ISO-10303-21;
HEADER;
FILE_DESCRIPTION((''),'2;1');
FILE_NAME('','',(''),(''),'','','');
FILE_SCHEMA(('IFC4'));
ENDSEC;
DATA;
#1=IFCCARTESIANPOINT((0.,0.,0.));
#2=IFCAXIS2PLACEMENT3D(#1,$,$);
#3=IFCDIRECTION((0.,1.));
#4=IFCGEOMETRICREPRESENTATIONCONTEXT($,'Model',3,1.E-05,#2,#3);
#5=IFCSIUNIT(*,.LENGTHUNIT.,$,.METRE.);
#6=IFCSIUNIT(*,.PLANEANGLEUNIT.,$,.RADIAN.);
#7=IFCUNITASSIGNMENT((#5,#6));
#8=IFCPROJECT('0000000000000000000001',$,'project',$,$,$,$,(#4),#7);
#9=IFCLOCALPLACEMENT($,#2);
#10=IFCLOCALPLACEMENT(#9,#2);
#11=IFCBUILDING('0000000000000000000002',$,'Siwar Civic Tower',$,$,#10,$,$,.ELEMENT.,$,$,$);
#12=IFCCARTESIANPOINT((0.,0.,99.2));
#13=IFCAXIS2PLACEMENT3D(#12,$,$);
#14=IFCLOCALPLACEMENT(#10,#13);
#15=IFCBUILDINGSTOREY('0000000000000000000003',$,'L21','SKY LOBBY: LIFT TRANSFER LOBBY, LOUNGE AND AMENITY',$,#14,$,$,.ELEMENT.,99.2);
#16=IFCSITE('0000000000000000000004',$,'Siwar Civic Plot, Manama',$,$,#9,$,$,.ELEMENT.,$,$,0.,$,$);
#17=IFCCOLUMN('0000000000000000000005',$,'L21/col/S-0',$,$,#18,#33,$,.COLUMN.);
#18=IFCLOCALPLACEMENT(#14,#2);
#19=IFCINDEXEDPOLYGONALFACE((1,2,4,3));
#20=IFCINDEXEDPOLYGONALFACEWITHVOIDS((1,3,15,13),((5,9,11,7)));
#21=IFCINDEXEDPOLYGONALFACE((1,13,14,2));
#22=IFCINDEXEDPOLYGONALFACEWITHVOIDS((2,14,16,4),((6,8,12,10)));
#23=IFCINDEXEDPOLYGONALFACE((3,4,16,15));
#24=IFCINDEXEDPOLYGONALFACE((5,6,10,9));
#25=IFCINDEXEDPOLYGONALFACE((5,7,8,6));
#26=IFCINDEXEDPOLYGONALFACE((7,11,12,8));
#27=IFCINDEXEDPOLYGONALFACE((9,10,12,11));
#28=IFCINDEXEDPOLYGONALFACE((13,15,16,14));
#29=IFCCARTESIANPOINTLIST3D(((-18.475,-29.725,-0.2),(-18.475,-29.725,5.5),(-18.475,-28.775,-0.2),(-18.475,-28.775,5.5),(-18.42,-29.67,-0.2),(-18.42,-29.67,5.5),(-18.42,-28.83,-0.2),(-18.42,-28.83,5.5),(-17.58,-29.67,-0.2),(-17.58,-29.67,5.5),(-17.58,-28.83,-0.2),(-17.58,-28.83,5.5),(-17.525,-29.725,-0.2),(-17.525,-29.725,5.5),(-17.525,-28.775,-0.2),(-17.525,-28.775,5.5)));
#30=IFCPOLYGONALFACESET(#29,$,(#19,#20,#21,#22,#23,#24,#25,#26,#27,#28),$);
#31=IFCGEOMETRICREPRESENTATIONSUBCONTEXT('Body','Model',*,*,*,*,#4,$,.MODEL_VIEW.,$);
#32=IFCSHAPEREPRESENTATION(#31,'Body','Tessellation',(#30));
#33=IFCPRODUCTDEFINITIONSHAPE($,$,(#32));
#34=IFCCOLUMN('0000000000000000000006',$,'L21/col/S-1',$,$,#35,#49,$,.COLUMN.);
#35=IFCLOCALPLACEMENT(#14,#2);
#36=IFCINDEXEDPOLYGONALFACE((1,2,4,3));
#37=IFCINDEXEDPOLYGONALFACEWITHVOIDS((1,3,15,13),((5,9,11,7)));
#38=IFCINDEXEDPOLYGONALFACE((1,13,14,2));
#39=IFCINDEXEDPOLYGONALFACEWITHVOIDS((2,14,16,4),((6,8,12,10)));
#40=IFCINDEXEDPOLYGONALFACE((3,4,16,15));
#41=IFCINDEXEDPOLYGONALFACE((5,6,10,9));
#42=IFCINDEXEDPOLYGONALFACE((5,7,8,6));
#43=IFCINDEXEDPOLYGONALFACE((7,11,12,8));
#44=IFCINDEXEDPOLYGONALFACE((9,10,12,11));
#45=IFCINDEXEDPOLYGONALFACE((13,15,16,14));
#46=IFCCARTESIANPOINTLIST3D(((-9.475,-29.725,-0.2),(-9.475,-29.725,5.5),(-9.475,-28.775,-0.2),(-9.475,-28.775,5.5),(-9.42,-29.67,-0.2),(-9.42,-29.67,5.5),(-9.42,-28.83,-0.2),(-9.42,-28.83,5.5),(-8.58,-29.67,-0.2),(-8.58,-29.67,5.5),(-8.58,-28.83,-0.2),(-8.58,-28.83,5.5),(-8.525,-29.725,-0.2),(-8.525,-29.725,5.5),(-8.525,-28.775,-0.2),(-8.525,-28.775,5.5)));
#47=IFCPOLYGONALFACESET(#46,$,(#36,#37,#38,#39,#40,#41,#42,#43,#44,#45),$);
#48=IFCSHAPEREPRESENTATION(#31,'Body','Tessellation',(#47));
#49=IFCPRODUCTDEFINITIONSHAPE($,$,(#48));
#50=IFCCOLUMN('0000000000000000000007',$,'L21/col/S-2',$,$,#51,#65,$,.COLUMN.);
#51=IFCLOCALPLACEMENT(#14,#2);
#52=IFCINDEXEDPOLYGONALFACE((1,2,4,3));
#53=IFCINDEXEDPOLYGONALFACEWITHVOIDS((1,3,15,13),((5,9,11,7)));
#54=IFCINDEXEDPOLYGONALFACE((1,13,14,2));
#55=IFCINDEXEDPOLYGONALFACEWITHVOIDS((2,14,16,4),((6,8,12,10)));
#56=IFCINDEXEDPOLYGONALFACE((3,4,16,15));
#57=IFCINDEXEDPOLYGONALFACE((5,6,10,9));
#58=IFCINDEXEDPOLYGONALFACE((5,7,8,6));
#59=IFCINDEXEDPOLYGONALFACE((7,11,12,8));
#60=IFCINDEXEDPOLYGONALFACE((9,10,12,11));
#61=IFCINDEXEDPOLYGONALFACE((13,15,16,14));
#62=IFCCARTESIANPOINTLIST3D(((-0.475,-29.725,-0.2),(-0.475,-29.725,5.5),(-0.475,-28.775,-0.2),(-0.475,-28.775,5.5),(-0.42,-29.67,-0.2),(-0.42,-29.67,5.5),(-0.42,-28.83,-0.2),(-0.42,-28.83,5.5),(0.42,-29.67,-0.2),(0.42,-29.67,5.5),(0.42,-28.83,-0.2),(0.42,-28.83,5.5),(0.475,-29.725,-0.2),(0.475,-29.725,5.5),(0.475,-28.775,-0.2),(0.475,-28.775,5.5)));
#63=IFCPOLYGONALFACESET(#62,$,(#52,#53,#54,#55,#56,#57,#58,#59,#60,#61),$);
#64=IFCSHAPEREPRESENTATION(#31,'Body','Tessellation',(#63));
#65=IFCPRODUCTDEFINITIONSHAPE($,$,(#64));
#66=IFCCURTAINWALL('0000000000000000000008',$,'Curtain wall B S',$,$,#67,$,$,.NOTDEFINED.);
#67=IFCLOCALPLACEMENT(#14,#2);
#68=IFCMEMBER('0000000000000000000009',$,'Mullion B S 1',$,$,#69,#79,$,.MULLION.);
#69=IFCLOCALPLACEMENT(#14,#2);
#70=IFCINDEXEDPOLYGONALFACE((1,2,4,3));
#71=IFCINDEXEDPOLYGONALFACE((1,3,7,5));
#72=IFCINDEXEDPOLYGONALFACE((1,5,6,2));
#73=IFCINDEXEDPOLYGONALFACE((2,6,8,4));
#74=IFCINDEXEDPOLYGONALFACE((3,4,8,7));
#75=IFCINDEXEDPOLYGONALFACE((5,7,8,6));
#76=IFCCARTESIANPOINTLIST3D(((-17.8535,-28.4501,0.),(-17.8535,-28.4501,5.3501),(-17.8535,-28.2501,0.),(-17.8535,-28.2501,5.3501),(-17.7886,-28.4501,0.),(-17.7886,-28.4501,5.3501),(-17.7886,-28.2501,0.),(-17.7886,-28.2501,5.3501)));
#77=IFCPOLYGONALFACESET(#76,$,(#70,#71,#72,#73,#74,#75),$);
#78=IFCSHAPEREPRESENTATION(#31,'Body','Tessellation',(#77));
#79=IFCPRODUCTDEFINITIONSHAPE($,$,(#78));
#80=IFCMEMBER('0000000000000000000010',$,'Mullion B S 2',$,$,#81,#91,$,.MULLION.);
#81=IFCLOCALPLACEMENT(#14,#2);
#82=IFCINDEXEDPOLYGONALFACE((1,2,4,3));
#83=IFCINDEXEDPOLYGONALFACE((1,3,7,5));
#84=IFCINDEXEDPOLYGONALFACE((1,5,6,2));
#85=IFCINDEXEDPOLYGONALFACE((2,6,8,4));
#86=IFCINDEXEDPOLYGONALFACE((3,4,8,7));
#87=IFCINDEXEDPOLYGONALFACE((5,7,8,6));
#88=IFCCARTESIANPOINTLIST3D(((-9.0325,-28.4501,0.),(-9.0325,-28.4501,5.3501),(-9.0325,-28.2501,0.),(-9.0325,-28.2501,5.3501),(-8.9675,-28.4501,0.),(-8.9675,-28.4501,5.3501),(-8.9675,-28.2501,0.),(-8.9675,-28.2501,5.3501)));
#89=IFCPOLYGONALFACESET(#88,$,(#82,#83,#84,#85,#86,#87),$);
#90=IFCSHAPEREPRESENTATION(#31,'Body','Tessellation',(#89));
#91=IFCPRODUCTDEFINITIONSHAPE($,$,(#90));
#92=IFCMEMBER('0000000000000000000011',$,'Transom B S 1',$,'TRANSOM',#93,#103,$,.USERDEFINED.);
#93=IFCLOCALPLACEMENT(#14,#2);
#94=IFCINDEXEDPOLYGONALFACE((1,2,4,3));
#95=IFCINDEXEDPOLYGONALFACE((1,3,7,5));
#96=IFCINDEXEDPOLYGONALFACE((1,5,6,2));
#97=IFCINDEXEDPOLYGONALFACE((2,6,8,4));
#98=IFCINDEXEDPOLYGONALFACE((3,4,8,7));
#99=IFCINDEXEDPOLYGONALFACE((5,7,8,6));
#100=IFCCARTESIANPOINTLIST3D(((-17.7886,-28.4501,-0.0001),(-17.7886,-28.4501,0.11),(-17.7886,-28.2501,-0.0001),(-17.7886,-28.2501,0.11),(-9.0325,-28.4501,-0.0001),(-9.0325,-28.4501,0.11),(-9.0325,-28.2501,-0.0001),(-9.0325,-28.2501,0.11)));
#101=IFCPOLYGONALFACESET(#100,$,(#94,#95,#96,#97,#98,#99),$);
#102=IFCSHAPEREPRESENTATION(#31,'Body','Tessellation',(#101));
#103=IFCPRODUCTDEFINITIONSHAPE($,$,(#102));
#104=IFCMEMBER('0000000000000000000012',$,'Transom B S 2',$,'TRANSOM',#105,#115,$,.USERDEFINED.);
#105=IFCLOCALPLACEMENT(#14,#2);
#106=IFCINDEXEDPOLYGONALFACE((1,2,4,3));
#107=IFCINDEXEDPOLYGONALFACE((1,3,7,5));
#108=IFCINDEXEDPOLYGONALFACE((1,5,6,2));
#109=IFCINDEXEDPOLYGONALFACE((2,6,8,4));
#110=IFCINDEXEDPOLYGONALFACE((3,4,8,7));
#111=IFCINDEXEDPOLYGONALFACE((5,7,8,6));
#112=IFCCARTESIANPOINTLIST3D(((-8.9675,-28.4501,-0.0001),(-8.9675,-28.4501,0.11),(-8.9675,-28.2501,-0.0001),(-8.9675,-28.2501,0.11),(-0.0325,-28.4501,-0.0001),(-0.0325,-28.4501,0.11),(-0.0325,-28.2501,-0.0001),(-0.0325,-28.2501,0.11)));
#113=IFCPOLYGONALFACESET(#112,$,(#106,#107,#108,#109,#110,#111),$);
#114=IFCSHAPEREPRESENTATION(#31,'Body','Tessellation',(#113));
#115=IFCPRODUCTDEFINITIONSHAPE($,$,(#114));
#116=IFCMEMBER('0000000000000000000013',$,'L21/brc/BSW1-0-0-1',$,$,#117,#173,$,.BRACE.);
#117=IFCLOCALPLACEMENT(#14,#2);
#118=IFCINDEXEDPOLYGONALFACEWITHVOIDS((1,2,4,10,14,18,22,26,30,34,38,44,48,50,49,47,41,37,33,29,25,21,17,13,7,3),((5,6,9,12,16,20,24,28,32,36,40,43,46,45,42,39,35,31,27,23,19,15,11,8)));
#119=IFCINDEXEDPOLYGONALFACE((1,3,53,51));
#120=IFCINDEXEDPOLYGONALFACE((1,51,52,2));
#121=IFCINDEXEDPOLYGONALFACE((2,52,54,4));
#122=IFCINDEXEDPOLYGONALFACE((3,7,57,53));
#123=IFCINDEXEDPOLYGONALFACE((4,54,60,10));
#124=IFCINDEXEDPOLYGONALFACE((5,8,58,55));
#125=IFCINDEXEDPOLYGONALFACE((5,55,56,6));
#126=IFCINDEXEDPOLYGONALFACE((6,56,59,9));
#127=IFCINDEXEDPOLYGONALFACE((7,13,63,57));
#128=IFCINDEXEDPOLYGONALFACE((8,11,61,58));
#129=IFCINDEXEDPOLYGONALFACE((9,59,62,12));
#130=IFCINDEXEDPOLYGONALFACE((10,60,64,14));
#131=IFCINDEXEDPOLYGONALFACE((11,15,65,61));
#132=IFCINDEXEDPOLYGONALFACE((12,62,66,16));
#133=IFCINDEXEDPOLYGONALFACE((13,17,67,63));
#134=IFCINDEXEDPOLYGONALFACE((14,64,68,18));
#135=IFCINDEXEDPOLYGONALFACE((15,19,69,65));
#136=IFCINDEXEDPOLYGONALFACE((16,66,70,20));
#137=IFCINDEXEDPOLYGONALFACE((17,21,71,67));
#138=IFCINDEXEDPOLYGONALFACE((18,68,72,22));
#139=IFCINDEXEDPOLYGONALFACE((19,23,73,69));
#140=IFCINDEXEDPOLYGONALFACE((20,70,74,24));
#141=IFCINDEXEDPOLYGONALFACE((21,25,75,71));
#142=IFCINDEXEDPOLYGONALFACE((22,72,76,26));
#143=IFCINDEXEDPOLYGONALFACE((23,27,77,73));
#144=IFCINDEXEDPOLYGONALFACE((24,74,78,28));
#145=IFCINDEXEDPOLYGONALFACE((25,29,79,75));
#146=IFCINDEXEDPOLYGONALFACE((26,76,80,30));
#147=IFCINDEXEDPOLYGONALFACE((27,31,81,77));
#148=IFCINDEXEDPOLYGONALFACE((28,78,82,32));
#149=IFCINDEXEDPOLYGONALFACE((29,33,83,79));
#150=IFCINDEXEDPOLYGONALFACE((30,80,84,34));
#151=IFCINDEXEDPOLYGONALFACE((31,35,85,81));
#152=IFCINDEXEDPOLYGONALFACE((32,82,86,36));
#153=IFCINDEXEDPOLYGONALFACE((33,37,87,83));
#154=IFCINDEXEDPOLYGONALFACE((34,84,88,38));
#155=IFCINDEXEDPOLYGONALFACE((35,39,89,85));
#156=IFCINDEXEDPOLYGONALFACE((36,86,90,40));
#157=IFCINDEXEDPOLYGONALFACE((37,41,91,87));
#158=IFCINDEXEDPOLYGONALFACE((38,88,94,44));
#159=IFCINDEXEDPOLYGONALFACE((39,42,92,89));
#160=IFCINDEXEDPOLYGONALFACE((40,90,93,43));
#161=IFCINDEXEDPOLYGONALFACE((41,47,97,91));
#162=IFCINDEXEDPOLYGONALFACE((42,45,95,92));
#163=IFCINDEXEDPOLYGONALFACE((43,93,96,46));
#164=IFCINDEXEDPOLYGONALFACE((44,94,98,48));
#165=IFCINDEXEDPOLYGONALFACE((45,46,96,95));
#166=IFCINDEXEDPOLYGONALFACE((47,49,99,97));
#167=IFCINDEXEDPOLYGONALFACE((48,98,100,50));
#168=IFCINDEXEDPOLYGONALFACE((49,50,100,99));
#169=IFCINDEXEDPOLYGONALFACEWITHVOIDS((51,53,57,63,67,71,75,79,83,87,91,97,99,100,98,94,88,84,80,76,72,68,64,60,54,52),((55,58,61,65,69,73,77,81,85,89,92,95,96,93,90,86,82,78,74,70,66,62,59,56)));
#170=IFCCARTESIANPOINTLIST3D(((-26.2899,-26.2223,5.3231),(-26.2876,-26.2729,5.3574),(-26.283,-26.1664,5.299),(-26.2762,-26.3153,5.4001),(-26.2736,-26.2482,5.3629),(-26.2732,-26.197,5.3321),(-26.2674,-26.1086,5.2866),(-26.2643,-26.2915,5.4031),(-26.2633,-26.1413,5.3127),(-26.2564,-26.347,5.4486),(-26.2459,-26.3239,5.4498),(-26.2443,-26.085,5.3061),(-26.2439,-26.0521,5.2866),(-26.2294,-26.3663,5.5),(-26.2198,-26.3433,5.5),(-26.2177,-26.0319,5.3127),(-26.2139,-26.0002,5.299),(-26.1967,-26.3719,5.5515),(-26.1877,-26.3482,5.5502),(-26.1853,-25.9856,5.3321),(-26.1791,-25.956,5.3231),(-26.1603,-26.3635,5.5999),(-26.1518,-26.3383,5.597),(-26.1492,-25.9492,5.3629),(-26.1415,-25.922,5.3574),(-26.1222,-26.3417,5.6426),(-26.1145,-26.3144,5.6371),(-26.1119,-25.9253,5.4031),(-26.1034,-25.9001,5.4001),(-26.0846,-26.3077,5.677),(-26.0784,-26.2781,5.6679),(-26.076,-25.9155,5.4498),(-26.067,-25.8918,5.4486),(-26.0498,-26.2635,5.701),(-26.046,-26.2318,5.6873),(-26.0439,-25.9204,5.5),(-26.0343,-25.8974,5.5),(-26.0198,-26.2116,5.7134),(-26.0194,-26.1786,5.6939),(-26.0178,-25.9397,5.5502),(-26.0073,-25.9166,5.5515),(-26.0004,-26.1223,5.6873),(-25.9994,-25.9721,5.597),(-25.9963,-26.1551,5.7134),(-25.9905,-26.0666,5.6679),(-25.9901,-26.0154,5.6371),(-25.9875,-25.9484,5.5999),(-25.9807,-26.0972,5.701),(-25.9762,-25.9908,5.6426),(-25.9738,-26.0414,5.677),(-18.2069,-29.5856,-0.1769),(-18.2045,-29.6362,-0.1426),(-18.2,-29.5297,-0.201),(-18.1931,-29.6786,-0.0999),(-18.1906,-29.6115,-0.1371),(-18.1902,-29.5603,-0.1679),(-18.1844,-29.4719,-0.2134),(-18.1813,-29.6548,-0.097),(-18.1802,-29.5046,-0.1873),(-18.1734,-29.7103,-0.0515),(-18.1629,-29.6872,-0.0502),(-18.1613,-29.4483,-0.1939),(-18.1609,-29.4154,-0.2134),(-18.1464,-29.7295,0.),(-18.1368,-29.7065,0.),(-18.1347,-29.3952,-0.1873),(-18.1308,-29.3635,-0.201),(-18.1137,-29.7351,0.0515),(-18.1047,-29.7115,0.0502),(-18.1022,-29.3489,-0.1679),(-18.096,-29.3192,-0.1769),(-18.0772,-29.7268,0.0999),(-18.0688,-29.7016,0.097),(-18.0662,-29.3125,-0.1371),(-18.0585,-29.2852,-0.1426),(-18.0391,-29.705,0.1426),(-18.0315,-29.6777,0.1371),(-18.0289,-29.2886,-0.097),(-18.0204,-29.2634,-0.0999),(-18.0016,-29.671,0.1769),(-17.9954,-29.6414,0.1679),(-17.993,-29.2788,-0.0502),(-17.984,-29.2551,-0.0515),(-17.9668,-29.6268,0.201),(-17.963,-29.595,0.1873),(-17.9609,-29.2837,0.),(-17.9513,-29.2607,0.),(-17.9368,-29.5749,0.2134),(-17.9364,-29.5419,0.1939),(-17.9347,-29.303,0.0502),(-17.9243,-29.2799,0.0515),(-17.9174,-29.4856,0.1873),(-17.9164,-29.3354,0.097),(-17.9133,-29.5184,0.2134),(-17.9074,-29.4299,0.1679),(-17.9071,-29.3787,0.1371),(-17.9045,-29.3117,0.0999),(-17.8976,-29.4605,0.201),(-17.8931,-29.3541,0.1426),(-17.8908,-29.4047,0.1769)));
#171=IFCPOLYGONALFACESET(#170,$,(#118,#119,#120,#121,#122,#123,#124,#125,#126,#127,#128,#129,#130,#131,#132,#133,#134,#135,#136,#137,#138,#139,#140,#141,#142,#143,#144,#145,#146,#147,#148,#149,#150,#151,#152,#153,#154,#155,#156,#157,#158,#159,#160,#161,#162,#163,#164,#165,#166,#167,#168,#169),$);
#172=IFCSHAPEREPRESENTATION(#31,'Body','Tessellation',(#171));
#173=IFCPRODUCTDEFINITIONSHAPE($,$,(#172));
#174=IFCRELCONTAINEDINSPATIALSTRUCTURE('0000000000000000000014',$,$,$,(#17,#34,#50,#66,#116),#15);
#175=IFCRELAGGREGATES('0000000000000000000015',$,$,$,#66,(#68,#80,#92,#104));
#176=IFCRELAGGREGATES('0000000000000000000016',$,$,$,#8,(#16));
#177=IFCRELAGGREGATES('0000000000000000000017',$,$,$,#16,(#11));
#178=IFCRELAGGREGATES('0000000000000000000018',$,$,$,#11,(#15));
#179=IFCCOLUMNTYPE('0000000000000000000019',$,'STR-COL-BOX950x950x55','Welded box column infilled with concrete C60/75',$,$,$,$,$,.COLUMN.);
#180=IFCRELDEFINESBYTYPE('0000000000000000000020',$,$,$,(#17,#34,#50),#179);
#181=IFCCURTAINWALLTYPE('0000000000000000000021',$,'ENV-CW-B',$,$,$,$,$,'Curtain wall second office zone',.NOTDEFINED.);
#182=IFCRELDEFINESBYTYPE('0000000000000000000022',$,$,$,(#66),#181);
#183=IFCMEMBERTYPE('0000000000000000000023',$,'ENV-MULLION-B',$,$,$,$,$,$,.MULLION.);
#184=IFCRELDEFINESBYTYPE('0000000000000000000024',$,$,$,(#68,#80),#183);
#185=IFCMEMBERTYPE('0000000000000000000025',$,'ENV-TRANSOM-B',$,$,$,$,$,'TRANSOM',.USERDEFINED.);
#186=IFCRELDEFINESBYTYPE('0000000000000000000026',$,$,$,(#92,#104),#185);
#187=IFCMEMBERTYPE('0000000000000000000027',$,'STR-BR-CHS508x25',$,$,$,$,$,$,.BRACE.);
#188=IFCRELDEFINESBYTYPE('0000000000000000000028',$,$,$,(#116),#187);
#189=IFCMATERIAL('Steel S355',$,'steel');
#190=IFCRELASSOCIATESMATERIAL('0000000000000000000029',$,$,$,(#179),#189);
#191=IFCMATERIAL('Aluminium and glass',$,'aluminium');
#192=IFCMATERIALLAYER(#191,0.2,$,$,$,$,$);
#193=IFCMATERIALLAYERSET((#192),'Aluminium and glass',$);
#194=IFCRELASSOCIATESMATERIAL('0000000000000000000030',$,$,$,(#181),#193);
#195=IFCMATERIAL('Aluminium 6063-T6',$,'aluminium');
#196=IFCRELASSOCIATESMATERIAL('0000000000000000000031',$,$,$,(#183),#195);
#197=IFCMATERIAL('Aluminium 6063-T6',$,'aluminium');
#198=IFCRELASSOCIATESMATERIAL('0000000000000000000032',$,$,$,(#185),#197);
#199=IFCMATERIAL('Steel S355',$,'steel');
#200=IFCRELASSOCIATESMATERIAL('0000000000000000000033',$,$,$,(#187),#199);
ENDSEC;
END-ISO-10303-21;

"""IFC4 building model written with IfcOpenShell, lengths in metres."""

from ifc_helpers import new_model, si_unit, direction, frame, origin, origin_2d, place, context, subcontext, project, spatial, rectangle, hollow_rectangle, hollow_circle, extrude, material, layer, layer_set, material_profile, profile_set, type_object, element, aggregate, save


model = new_model("IFC4")

# Units and contexts
model_context = context("Model", 3, precision=1e-05, world=origin(), true_north=direction((0.0, 1.0)))
body_context = subcontext(model_context, "Body", "Model", "MODEL_VIEW")
ifc_project = project(units=[si_unit("LENGTHUNIT", "METRE"), si_unit("PLANEANGLEUNIT", "RADIAN")], contexts=[model_context])

# Site, building, storey
site_placement = place(None, origin())
site = spatial("IfcSite", under=ifc_project, at=site_placement, Name="Siwar Civic Plot, Manama", CompositionType="ELEMENT", RefElevation=0.0)
building_placement = place(site_placement, origin())
building = spatial("IfcBuilding", under=site, at=building_placement, Name="Siwar Civic Tower", CompositionType="ELEMENT")
storey_placement = place(building_placement, frame((0.0, 0.0, 99.2)))
storey = spatial("IfcBuildingStorey", under=building, at=storey_placement, Name="L21", Description="SKY LOBBY: LIFT TRANSFER LOBBY, LOUNGE AND AMENITY", CompositionType="ELEMENT", Elevation=99.2)

# Columns
ifc_material_1 = material(Name="Steel S355", Category="steel")
ifc_material_profile_1 = material_profile(ifc_material_1, hollow_rectangle(XDim=0.95, YDim=0.95, WallThickness=0.0549, at=origin_2d()), Name="BOX950x950x55")
ifc_profile_set_1 = profile_set([ifc_material_profile_1], Name="Steel S355")
column_type = type_object("IfcColumnType", Name="STR-COL-BOX950x950x55", Description="Welded box column infilled with concrete C60/75", PredefinedType="COLUMN", material=ifc_profile_set_1)
for number, where, z_axis, x_axis, name in (
    (1, (-18.0, -29.25, -0.2), (0.0, 0.0, 1.0), (1.0, 0.0, 0.0), "L21/col/S-0"),
    (2, (-9.0, -29.25, -0.2), (0.0, 0.0, 1.0), (1.0, 0.0, 0.0), "L21/col/S-1"),
    (3, (0.0, -29.25, -0.2), (0.0, 0.0, 1.0), (1.0, 0.0, 0.0), "L21/col/S-2"),
):
    element("IfcColumn", number, at=place(storey_placement, frame(where, z_axis=z_axis, x_axis=x_axis)), inside=storey, type_object=column_type, Name=name, PredefinedType="COLUMN", context=body_context, shape_type="SweptSolid", body=[
        extrude(hollow_rectangle(XDim=0.95, YDim=0.95, WallThickness=0.0549, at=origin_2d()), origin(), (0.0, 0.0, 1.0), 5.7),
    ])

# Curtain wall, members
ifc_material_2 = material(Name="Aluminium and glass", Category="aluminium")
ifc_layer_1 = layer(ifc_material_2, 0.2)
ifc_layer_set_1 = layer_set([ifc_layer_1], Name="Aluminium and glass")
curtain_wall_type = type_object("IfcCurtainWallType", Name="ENV-CW-B", ElementType="Curtain wall second office zone", PredefinedType="NOTDEFINED", material=ifc_layer_set_1)
curtain_wall_placement = place(storey_placement, origin())
curtain_wall = element("IfcCurtainWall", 4, at=curtain_wall_placement, inside=storey, type_object=curtain_wall_type, Name="Curtain wall B S", PredefinedType="NOTDEFINED")
ifc_material_3 = material(Name="Aluminium 6063-T6", Category="aluminium")
ifc_material_profile_2 = material_profile(ifc_material_3, rectangle(XDim=0.2, YDim=0.0649, at=origin_2d()), Name="AL 200x65")
ifc_profile_set_2 = profile_set([ifc_material_profile_2], Name="Aluminium 6063-T6")
member_type_1 = type_object("IfcMemberType", Name="ENV-MULLION-B", PredefinedType="MULLION", material=ifc_profile_set_2)
member_1_placement = place(storey_placement, frame((-17.821, -28.3501, 0.0), z_axis=(0.0, 0.0, 1.0), x_axis=(0.0, 1.0, 0.0)))
member_1 = element("IfcMember", 5, at=member_1_placement, type_object=member_type_1, Name="Mullion B S 1", PredefinedType="MULLION", context=body_context, shape_type="SweptSolid", body=[
    extrude(rectangle(XDim=0.2, YDim=0.0649, at=origin_2d()), origin(), (0.0, 0.0, 1.0), 5.3501),
])
member_2_placement = place(storey_placement, frame((-9.0, -28.3501, 0.0), z_axis=(0.0, 0.0, 1.0), x_axis=(0.0, 1.0, 0.0)))
member_2 = element("IfcMember", 6, at=member_2_placement, type_object=member_type_1, Name="Mullion B S 2", PredefinedType="MULLION", context=body_context, shape_type="SweptSolid", body=[
    extrude(rectangle(XDim=0.2, YDim=0.0649, at=origin_2d()), origin(), (0.0, 0.0, 1.0), 5.3501),
])
ifc_material_4 = material(Name="Aluminium 6063-T6", Category="aluminium")
ifc_material_profile_3 = material_profile(ifc_material_4, rectangle(XDim=0.2, YDim=0.1101, at=origin_2d()), Name="AL 200x110")
ifc_profile_set_3 = profile_set([ifc_material_profile_3], Name="Aluminium 6063-T6")
member_type_2 = type_object("IfcMemberType", Name="ENV-TRANSOM-B", ElementType="TRANSOM", PredefinedType="USERDEFINED", material=ifc_profile_set_3)
member_3_placement = place(storey_placement, frame((-17.7886, -28.3501, 0.0549), z_axis=(1.0, 0.0, 0.0), x_axis=(0.0, 1.0, 0.0)))
member_3 = element("IfcMember", 7, at=member_3_placement, type_object=member_type_2, Name="Transom B S 1", ObjectType="TRANSOM", PredefinedType="USERDEFINED", context=body_context, shape_type="SweptSolid", body=[
    extrude(rectangle(XDim=0.2, YDim=0.1101, at=origin_2d()), origin(), (0.0, 0.0, 1.0), 8.7561),
])
member_4_placement = place(storey_placement, frame((-8.9675, -28.3501, 0.0549), z_axis=(1.0, 0.0, 0.0), x_axis=(0.0, 1.0, 0.0)))
member_4 = element("IfcMember", 8, at=member_4_placement, type_object=member_type_2, Name="Transom B S 2", ObjectType="TRANSOM", PredefinedType="USERDEFINED", context=body_context, shape_type="SweptSolid", body=[
    extrude(rectangle(XDim=0.2, YDim=0.1101, at=origin_2d()), origin(), (0.0, 0.0, 1.0), 8.9351),
])

# Member
ifc_material_5 = material(Name="Steel S355", Category="steel")
ifc_material_profile_4 = material_profile(ifc_material_5, hollow_circle(Radius=0.2539, WallThickness=0.0249, at=origin_2d()), Name="CHS508x25")
ifc_profile_set_4 = profile_set([ifc_material_profile_4], Name="Steel S355")
member_type_3 = type_object("IfcMemberType", Name="STR-BR-CHS508x25", PredefinedType="BRACE", material=ifc_profile_set_4)
member_5_placement = place(storey_placement, frame((-18.0488, -29.4951, 0.0), z_axis=(-0.781791, 0.325298, 0.531962), x_axis=(-0.384164, -0.923265, 0.0)))
element("IfcMember", 9, at=member_5_placement, inside=storey, type_object=member_type_3, Name="L21/brc/BSW1-0-0-1", PredefinedType="BRACE", context=body_context, shape_type="SweptSolid", body=[
    extrude(hollow_circle(Radius=0.2539, WallThickness=0.0249, at=origin_2d()), origin(), (0.0, 0.0, 1.0), 10.3391),
])

aggregate(curtain_wall, [member_1, member_2, member_3, member_4])

save(model, "model.ifc")
